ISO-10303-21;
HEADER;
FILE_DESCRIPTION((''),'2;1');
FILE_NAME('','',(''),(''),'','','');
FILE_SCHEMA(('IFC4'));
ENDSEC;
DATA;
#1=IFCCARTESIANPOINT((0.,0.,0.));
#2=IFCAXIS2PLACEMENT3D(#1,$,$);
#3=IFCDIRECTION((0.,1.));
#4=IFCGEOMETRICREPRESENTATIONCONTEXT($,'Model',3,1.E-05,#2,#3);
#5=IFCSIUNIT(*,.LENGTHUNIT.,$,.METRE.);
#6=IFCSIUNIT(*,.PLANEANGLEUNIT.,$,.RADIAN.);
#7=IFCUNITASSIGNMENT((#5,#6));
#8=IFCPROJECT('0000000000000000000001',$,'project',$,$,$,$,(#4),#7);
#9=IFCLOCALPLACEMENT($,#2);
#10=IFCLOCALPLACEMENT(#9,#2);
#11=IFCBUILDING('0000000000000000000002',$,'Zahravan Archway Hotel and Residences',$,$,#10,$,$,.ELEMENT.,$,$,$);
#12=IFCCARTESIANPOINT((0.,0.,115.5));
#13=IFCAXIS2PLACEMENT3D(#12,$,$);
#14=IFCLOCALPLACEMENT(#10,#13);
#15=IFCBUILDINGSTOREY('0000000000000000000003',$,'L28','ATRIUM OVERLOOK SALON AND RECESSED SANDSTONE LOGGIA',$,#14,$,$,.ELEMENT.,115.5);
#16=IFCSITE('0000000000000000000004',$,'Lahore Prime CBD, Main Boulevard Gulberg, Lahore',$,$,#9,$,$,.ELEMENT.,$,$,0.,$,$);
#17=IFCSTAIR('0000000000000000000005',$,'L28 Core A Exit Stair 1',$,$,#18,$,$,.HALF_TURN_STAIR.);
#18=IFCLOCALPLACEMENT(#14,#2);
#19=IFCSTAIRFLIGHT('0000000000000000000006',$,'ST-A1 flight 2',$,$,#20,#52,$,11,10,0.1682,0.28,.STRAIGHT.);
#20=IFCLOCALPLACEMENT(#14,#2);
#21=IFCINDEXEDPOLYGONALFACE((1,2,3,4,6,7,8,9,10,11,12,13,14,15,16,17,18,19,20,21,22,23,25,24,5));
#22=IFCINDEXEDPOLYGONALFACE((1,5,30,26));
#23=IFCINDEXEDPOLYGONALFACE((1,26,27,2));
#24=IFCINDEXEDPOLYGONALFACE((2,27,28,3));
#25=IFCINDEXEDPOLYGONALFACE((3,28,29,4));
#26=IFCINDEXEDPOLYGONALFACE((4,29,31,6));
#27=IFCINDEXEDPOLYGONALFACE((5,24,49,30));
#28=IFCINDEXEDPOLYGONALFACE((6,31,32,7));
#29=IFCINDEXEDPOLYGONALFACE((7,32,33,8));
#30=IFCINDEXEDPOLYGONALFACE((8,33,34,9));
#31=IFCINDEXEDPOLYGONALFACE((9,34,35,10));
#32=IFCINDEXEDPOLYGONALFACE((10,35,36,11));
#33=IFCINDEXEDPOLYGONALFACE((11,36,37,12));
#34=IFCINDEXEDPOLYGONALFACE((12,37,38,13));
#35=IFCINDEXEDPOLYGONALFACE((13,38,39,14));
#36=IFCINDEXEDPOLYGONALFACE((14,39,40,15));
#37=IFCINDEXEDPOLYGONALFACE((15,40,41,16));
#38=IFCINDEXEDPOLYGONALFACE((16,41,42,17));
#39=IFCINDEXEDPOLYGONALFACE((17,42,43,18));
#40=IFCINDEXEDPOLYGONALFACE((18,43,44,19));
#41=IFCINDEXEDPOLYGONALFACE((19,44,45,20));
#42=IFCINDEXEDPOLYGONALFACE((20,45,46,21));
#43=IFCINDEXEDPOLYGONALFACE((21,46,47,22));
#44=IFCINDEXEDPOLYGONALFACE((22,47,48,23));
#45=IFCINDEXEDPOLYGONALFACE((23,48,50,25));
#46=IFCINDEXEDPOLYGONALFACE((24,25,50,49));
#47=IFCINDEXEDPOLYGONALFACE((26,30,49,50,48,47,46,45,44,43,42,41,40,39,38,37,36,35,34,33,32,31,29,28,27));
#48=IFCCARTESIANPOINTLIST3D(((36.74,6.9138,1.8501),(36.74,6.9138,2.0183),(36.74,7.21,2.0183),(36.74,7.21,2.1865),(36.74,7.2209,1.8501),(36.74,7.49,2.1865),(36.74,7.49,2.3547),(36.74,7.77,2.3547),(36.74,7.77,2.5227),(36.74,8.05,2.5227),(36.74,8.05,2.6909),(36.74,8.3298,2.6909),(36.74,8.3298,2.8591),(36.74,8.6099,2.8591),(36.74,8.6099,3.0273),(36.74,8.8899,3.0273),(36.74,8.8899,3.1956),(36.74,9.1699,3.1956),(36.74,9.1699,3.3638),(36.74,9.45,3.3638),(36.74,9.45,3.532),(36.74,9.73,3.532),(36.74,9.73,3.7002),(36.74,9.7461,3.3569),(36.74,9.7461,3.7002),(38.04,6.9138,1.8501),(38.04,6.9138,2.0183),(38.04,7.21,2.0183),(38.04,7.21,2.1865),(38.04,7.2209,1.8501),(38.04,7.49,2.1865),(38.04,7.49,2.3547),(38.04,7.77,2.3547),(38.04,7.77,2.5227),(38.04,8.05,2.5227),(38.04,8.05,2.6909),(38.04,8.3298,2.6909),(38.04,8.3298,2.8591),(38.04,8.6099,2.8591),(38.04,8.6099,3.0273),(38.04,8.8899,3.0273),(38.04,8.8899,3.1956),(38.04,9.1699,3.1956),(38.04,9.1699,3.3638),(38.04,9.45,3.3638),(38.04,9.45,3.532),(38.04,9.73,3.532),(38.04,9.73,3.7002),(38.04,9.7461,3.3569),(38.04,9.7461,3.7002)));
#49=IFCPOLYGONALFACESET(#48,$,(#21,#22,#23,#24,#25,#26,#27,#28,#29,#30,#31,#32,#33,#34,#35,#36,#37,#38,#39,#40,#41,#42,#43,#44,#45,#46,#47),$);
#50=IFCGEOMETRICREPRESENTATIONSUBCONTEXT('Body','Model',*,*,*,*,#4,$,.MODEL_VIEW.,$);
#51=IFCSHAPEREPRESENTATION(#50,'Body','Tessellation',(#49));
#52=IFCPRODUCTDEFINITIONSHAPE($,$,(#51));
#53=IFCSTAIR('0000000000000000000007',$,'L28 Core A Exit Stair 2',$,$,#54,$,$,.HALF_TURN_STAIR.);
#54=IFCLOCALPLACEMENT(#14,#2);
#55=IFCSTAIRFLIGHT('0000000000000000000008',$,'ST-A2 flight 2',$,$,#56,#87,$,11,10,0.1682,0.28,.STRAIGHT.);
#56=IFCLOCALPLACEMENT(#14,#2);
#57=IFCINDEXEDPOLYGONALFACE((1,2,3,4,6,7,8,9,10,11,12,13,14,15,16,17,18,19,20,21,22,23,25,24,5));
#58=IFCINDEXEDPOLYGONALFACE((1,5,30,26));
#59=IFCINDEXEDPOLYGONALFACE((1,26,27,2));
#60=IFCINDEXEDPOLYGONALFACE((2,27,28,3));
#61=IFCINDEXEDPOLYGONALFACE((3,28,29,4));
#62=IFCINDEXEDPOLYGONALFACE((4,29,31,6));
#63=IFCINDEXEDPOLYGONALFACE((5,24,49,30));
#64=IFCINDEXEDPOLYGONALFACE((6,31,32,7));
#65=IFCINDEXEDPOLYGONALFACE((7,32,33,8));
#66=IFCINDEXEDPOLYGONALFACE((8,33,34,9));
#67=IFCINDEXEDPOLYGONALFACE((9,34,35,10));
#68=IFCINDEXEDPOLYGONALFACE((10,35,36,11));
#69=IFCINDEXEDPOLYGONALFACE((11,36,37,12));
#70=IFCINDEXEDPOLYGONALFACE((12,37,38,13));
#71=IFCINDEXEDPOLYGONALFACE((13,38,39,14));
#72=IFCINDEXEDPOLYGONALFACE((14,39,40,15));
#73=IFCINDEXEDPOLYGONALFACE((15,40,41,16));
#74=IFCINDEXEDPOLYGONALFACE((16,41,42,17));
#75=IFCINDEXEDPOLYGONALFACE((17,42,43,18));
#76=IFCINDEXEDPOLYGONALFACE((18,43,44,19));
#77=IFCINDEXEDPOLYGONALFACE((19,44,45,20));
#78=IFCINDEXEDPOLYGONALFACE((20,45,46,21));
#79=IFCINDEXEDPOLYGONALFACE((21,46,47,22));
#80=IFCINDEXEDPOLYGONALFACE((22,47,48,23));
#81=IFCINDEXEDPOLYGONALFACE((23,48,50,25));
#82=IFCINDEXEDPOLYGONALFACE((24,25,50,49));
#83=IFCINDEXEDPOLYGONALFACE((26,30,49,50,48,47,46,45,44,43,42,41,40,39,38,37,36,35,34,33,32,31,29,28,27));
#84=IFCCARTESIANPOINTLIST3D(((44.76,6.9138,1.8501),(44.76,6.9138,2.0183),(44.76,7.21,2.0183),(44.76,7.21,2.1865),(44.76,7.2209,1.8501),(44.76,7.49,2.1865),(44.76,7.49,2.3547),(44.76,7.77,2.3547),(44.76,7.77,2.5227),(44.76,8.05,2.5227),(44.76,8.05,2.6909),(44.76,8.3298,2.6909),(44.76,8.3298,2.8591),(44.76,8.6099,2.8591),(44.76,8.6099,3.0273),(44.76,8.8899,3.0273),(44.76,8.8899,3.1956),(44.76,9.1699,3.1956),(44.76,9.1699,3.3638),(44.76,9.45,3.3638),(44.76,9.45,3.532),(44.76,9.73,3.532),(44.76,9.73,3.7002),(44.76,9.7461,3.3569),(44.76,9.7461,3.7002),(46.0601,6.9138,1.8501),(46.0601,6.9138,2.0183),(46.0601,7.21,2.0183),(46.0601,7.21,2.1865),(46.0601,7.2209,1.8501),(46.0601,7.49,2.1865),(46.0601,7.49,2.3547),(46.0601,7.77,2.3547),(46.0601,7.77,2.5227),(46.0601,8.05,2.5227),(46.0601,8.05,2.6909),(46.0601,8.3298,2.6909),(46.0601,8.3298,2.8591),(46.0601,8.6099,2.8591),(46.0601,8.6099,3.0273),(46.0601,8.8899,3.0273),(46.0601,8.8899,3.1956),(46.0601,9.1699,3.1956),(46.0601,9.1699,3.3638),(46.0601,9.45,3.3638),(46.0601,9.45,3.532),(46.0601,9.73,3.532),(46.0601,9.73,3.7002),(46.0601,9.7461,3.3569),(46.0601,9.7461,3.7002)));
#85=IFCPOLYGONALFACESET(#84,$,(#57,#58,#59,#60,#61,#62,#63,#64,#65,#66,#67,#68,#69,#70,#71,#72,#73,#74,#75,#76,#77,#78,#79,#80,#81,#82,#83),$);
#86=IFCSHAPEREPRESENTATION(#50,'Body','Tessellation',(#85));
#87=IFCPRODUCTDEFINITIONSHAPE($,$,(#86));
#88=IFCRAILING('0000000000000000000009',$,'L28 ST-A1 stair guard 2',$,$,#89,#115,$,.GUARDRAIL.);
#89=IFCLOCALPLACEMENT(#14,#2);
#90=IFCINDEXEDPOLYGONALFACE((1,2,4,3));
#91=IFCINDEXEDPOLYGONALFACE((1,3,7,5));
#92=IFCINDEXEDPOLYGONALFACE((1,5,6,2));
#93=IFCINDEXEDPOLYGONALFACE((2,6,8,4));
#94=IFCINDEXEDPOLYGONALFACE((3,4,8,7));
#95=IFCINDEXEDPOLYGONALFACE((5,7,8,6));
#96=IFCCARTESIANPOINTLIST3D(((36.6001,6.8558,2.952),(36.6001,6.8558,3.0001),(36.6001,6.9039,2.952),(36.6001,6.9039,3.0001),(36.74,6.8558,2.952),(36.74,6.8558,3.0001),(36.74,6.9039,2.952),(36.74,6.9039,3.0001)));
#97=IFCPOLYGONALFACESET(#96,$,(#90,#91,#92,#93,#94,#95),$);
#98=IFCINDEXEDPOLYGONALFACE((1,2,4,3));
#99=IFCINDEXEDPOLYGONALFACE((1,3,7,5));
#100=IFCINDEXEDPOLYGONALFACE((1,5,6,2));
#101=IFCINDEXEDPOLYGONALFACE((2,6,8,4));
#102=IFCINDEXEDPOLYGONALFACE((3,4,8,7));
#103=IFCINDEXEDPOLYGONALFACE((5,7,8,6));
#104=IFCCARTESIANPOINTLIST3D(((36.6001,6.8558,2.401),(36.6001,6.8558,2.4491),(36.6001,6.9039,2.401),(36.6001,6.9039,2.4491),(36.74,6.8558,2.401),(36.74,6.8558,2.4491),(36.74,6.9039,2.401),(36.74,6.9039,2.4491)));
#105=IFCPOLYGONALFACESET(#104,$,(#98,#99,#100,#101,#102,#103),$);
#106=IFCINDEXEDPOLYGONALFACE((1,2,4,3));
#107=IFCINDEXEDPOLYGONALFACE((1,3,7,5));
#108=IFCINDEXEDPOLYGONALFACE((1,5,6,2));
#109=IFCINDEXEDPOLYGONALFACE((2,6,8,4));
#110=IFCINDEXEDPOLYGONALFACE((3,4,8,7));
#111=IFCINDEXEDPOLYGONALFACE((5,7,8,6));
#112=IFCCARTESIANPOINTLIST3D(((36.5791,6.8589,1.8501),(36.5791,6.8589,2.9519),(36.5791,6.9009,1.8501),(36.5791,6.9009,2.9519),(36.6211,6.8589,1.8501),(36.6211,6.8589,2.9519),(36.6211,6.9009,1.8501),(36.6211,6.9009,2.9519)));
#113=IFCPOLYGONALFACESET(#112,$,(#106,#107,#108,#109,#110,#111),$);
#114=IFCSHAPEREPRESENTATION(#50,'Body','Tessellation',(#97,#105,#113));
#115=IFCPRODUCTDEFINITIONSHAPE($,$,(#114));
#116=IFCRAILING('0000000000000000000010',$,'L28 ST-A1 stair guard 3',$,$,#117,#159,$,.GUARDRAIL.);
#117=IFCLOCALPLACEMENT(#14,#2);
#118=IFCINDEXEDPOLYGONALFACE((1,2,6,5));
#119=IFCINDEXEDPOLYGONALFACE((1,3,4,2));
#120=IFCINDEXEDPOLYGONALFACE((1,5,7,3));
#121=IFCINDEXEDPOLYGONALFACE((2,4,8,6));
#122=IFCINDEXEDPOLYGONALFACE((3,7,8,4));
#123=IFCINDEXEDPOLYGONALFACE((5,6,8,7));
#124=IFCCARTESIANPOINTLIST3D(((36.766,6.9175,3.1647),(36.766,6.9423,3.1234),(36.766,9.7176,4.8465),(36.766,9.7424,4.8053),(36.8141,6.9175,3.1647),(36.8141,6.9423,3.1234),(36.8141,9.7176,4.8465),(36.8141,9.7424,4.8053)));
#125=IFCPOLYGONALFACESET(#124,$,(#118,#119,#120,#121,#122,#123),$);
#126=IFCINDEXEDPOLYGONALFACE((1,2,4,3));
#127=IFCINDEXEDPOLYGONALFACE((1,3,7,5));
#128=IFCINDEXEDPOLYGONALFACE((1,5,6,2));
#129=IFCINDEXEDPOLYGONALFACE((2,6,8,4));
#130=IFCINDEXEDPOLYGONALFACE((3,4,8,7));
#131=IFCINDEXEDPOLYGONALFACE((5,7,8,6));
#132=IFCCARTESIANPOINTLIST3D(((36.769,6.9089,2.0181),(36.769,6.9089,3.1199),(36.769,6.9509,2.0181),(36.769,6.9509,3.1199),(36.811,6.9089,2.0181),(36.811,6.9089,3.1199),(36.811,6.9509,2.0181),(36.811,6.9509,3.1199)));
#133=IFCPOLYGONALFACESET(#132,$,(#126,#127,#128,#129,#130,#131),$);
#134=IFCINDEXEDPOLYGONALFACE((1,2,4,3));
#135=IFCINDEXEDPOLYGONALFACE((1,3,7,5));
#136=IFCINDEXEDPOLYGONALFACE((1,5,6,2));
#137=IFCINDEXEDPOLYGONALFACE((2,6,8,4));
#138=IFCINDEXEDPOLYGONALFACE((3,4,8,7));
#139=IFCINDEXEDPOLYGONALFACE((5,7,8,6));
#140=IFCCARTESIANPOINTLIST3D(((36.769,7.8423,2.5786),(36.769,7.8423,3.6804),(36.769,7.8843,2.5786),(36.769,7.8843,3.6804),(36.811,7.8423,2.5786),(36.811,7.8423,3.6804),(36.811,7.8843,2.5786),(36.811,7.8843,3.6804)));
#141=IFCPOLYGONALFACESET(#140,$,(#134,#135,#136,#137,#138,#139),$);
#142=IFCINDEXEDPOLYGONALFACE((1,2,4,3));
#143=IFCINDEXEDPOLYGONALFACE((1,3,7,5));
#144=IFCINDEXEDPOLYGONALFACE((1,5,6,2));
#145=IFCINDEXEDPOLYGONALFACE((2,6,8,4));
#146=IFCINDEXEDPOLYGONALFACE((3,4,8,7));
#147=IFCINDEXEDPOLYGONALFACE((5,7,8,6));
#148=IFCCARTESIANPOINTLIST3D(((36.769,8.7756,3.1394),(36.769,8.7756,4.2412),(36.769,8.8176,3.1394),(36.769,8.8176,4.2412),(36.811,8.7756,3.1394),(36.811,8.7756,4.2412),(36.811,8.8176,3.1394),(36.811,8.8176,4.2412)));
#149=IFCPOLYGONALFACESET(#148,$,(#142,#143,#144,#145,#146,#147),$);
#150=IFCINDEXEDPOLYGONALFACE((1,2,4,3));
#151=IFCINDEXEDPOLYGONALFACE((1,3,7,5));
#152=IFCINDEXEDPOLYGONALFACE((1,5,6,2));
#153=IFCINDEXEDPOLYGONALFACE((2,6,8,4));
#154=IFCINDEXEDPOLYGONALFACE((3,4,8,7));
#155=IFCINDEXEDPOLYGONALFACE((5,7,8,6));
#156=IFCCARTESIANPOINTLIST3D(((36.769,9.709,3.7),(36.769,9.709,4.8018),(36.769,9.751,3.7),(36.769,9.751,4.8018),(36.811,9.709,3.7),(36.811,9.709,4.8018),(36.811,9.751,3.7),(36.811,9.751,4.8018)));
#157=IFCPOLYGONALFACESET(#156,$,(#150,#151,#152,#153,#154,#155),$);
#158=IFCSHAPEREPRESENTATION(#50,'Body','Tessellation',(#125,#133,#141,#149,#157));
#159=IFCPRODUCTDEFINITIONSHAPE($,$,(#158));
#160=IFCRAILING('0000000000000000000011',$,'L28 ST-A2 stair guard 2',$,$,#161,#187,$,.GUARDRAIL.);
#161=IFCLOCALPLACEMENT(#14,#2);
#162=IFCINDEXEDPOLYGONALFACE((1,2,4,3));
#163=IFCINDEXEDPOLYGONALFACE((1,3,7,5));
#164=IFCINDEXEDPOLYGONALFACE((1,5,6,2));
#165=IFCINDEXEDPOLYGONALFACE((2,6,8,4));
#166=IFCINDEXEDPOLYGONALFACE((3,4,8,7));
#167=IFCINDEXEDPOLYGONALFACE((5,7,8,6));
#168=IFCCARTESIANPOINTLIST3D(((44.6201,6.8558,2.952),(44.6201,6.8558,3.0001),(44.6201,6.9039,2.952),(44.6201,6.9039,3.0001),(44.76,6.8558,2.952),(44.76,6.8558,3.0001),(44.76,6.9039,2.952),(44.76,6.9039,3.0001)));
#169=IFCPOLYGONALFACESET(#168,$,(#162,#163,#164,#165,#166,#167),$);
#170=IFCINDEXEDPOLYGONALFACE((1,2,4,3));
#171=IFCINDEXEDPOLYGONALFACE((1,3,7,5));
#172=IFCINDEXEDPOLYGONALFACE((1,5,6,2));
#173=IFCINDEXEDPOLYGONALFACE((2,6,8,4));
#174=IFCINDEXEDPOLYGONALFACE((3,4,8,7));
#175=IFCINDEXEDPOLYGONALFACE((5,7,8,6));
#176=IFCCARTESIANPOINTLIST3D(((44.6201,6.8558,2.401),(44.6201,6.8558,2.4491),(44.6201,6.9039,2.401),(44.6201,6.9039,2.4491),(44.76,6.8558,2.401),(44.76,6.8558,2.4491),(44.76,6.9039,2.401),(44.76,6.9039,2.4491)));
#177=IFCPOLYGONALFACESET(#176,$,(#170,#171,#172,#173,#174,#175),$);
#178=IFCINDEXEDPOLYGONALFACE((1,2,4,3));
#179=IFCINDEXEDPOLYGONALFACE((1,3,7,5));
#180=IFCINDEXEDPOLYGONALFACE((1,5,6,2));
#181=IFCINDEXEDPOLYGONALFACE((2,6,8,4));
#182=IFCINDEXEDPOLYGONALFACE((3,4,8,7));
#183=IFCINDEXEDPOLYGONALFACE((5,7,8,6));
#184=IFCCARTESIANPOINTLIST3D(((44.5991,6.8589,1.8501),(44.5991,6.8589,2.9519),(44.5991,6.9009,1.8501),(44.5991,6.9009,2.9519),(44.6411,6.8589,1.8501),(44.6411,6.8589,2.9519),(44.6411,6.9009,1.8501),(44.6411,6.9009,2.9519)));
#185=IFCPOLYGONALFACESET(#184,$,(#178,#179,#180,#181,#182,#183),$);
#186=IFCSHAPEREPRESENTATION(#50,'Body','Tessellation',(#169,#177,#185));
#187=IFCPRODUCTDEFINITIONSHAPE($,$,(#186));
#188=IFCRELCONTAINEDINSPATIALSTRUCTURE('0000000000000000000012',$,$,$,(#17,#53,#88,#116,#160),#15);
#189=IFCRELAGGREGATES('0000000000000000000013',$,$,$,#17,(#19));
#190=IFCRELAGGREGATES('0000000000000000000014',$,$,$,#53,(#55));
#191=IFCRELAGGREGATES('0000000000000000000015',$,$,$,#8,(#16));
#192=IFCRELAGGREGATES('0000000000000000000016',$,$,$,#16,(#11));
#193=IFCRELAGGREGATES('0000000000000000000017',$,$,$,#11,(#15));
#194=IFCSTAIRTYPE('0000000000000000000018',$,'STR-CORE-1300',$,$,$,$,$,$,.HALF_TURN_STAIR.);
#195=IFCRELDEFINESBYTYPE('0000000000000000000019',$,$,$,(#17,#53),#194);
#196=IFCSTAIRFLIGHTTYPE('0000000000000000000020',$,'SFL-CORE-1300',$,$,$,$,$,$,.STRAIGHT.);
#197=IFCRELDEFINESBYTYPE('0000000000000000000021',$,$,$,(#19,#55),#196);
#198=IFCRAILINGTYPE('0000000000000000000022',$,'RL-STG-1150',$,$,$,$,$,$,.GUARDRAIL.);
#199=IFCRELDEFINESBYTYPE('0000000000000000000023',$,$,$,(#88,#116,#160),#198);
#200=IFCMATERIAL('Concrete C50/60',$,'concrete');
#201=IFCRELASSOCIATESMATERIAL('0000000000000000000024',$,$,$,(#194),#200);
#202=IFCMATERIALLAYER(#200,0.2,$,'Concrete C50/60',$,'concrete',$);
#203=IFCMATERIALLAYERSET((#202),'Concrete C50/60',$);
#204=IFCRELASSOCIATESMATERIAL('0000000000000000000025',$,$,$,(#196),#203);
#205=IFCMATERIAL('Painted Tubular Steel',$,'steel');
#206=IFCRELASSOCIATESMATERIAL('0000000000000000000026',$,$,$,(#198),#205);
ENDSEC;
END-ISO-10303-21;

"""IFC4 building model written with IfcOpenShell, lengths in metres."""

from ifc_helpers import new_model, si_unit, direction, frame, origin, origin_2d, place, context, subcontext, project, spatial, polyline, rectangle, outline, extrude, source, transform, mapped, material, layer, layer_set, type_object, element, aggregate, save


model = new_model("IFC4")

# Units and contexts
model_context = context("Model", 3, precision=1e-05, world=origin(), true_north=direction((0.0, 1.0)))
body_context = subcontext(model_context, "Body", "Model", "MODEL_VIEW")
ifc_project = project(units=[si_unit("LENGTHUNIT", "METRE"), si_unit("PLANEANGLEUNIT", "RADIAN")], contexts=[model_context])

# Site, building, storey
site_placement = place(None, origin())
site = spatial("IfcSite", under=ifc_project, at=site_placement, Name="Lahore Prime CBD, Main Boulevard Gulberg, Lahore", CompositionType="ELEMENT", RefElevation=0.0)
building_placement = place(site_placement, origin())
building = spatial("IfcBuilding", under=site, at=building_placement, Name="Zahravan Archway Hotel and Residences", CompositionType="ELEMENT")
storey_placement = place(building_placement, frame((0.0, 0.0, 115.5)))
storey = spatial("IfcBuildingStorey", under=building, at=storey_placement, Name="L28", Description="ATRIUM OVERLOOK SALON AND RECESSED SANDSTONE LOGGIA", CompositionType="ELEMENT", Elevation=115.5)

# Shared definitions
ifc_material_1 = material(Name="Concrete C50/60", Category="concrete")

# Stairs, stair flights
stair_type = type_object("IfcStairType", Name="STR-CORE-1300", PredefinedType="HALF_TURN_STAIR", material=ifc_material_1)
stair_1_placement = place(storey_placement, origin())
stair_1 = element("IfcStair", 1, at=stair_1_placement, inside=storey, type_object=stair_type, Name="L28 Core A Exit Stair 1", PredefinedType="HALF_TURN_STAIR")
ifc_layer_1 = layer(ifc_material_1, 0.2, Name="Concrete C50/60", Category="concrete")
ifc_layer_set_1 = layer_set([ifc_layer_1], Name="Concrete C50/60")
stair_flight_type = type_object("IfcStairFlightType", Name="SFL-CORE-1300", PredefinedType="STRAIGHT", material=ifc_layer_set_1)
shared_shape_1 = source(origin(), body_context, "Body", "SweptSolid", [
    extrude(outline(polyline([(-0.0161, 0.0), (-0.0161, 0.1682), (0.28, 0.1682), (0.28, 0.3364), (0.5601, 0.3364), (0.5601, 0.5046), (0.8401, 0.5046), (0.8401, 0.6726), (1.1201, 0.6726), (1.1201, 0.8408), (1.3999, 0.8408), (1.3999, 1.009), (1.6799, 1.009), (1.6799, 1.1772), (1.96, 1.1772), (1.96, 1.3455), (2.24, 1.3455), (2.24, 1.5137), (2.52, 1.5137), (2.52, 1.6819), (2.8, 1.6819), (2.8, 1.8501), (2.8162, 1.8501), (2.8162, 1.5068), (0.291, 0.0), (-0.0161, 0.0)])), frame((0.0, 0.6499, 0.0), z_axis=(0.0, -1.0, 0.0), x_axis=(1.0, 0.0, 0.0)), (0.0, 0.0, 1.0), 1.3),
])
stair_flight_1_placement = place(storey_placement, frame((37.3899, 6.9299, 1.8501), z_axis=(0.0, 0.0, 1.0), x_axis=(0.0, 1.0, 0.0)))
stair_flight_1 = element("IfcStairFlight", 2, at=stair_flight_1_placement, type_object=stair_flight_type, Name="ST-A1 flight 2", NumberOfRisers=11, NumberOfTreads=10, PredefinedType="STRAIGHT", RiserHeight=0.1682, TreadLength=0.28, context=body_context, shape_type="MappedRepresentation", body=[
    mapped(shared_shape_1, transform((0.0, 0.0, 0.0), scale=1.0)),
])
aggregate(stair_1, [stair_flight_1])
stair_2_placement = place(storey_placement, origin())
stair_2 = element("IfcStair", 3, at=stair_2_placement, inside=storey, type_object=stair_type, Name="L28 Core A Exit Stair 2", PredefinedType="HALF_TURN_STAIR")
stair_flight_2_placement = place(storey_placement, frame((45.4099, 6.9299, 1.8501), z_axis=(0.0, 0.0, 1.0), x_axis=(0.0, 1.0, 0.0)))
stair_flight_2 = element("IfcStairFlight", 4, at=stair_flight_2_placement, type_object=stair_flight_type, Name="ST-A2 flight 2", NumberOfRisers=11, NumberOfTreads=10, PredefinedType="STRAIGHT", RiserHeight=0.1682, TreadLength=0.28, context=body_context, shape_type="MappedRepresentation", body=[
    mapped(shared_shape_1, transform((0.0, 0.0, 0.0), scale=1.0)),
])
aggregate(stair_2, [stair_flight_2])

# Railings
ifc_material_2 = material(Name="Painted Tubular Steel", Category="steel")
railing_type_1 = type_object("IfcRailingType", Name="RL-STG-1150", PredefinedType="GUARDRAIL", material=ifc_material_2)
railing_1_placement = place(storey_placement, frame((36.6001, 6.8799, 1.8501)))
element("IfcRailing", 5, at=railing_1_placement, inside=storey, type_object=railing_type_1, Name="L28 ST-A1 stair guard 2", PredefinedType="GUARDRAIL", context=body_context, shape_type="SweptSolid", body=[
    extrude(rectangle(XDim=0.0481, YDim=0.0481, at=origin_2d()), frame((0.0, 0.0, 1.126), z_axis=(1.0, 0.0, 0.0), x_axis=(0.0, 1.0, 0.0)), (0.0, 0.0, 1.0), 0.1399),
    extrude(rectangle(XDim=0.0481, YDim=0.0481, at=origin_2d()), frame((0.0, 0.0, 0.575), z_axis=(1.0, 0.0, 0.0), x_axis=(0.0, 1.0, 0.0)), (0.0, 0.0, 1.0), 0.1399),
    extrude(rectangle(XDim=0.042, YDim=0.042, at=origin_2d()), origin(), (0.0, 0.0, 1.0), 1.1018),
])
railing_2_placement = place(storey_placement, frame((36.79, 6.9299, 2.0181)))
element("IfcRailing", 6, at=railing_2_placement, inside=storey, type_object=railing_type_1, Name="L28 ST-A1 stair guard 3", PredefinedType="GUARDRAIL", context=body_context, shape_type="SweptSolid", body=[
    extrude(rectangle(XDim=0.0481, YDim=0.0481, at=origin_2d()), frame((0.0, 0.0, 1.126), z_axis=(0.0, 0.857242, 0.514913), x_axis=(-1.0, 0.0, 0.0)), (0.0, 0.0, 1.0), 3.2664),
    extrude(rectangle(XDim=0.042, YDim=0.042, at=origin_2d()), origin(), (0.0, 0.0, 1.0), 1.1018),
    extrude(rectangle(XDim=0.042, YDim=0.042, at=origin_2d()), frame((0.0, 0.9333, 0.5605)), (0.0, 0.0, 1.0), 1.1018),
    extrude(rectangle(XDim=0.042, YDim=0.042, at=origin_2d()), frame((0.0, 1.8667, 1.1213)), (0.0, 0.0, 1.0), 1.1018),
    extrude(rectangle(XDim=0.042, YDim=0.042, at=origin_2d()), frame((0.0, 2.8, 1.6819)), (0.0, 0.0, 1.0), 1.1018),
])
railing_3_placement = place(storey_placement, frame((44.6201, 6.8799, 1.8501)))
element("IfcRailing", 7, at=railing_3_placement, inside=storey, type_object=railing_type_1, Name="L28 ST-A2 stair guard 2", PredefinedType="GUARDRAIL", context=body_context, shape_type="SweptSolid", body=[
    extrude(rectangle(XDim=0.0481, YDim=0.0481, at=origin_2d()), frame((0.0, 0.0, 1.126), z_axis=(1.0, 0.0, 0.0), x_axis=(0.0, 1.0, 0.0)), (0.0, 0.0, 1.0), 0.1399),
    extrude(rectangle(XDim=0.0481, YDim=0.0481, at=origin_2d()), frame((0.0, 0.0, 0.575), z_axis=(1.0, 0.0, 0.0), x_axis=(0.0, 1.0, 0.0)), (0.0, 0.0, 1.0), 0.1399),
    extrude(rectangle(XDim=0.042, YDim=0.042, at=origin_2d()), origin(), (0.0, 0.0, 1.0), 1.1018),
])

save(model, "model.ifc")
